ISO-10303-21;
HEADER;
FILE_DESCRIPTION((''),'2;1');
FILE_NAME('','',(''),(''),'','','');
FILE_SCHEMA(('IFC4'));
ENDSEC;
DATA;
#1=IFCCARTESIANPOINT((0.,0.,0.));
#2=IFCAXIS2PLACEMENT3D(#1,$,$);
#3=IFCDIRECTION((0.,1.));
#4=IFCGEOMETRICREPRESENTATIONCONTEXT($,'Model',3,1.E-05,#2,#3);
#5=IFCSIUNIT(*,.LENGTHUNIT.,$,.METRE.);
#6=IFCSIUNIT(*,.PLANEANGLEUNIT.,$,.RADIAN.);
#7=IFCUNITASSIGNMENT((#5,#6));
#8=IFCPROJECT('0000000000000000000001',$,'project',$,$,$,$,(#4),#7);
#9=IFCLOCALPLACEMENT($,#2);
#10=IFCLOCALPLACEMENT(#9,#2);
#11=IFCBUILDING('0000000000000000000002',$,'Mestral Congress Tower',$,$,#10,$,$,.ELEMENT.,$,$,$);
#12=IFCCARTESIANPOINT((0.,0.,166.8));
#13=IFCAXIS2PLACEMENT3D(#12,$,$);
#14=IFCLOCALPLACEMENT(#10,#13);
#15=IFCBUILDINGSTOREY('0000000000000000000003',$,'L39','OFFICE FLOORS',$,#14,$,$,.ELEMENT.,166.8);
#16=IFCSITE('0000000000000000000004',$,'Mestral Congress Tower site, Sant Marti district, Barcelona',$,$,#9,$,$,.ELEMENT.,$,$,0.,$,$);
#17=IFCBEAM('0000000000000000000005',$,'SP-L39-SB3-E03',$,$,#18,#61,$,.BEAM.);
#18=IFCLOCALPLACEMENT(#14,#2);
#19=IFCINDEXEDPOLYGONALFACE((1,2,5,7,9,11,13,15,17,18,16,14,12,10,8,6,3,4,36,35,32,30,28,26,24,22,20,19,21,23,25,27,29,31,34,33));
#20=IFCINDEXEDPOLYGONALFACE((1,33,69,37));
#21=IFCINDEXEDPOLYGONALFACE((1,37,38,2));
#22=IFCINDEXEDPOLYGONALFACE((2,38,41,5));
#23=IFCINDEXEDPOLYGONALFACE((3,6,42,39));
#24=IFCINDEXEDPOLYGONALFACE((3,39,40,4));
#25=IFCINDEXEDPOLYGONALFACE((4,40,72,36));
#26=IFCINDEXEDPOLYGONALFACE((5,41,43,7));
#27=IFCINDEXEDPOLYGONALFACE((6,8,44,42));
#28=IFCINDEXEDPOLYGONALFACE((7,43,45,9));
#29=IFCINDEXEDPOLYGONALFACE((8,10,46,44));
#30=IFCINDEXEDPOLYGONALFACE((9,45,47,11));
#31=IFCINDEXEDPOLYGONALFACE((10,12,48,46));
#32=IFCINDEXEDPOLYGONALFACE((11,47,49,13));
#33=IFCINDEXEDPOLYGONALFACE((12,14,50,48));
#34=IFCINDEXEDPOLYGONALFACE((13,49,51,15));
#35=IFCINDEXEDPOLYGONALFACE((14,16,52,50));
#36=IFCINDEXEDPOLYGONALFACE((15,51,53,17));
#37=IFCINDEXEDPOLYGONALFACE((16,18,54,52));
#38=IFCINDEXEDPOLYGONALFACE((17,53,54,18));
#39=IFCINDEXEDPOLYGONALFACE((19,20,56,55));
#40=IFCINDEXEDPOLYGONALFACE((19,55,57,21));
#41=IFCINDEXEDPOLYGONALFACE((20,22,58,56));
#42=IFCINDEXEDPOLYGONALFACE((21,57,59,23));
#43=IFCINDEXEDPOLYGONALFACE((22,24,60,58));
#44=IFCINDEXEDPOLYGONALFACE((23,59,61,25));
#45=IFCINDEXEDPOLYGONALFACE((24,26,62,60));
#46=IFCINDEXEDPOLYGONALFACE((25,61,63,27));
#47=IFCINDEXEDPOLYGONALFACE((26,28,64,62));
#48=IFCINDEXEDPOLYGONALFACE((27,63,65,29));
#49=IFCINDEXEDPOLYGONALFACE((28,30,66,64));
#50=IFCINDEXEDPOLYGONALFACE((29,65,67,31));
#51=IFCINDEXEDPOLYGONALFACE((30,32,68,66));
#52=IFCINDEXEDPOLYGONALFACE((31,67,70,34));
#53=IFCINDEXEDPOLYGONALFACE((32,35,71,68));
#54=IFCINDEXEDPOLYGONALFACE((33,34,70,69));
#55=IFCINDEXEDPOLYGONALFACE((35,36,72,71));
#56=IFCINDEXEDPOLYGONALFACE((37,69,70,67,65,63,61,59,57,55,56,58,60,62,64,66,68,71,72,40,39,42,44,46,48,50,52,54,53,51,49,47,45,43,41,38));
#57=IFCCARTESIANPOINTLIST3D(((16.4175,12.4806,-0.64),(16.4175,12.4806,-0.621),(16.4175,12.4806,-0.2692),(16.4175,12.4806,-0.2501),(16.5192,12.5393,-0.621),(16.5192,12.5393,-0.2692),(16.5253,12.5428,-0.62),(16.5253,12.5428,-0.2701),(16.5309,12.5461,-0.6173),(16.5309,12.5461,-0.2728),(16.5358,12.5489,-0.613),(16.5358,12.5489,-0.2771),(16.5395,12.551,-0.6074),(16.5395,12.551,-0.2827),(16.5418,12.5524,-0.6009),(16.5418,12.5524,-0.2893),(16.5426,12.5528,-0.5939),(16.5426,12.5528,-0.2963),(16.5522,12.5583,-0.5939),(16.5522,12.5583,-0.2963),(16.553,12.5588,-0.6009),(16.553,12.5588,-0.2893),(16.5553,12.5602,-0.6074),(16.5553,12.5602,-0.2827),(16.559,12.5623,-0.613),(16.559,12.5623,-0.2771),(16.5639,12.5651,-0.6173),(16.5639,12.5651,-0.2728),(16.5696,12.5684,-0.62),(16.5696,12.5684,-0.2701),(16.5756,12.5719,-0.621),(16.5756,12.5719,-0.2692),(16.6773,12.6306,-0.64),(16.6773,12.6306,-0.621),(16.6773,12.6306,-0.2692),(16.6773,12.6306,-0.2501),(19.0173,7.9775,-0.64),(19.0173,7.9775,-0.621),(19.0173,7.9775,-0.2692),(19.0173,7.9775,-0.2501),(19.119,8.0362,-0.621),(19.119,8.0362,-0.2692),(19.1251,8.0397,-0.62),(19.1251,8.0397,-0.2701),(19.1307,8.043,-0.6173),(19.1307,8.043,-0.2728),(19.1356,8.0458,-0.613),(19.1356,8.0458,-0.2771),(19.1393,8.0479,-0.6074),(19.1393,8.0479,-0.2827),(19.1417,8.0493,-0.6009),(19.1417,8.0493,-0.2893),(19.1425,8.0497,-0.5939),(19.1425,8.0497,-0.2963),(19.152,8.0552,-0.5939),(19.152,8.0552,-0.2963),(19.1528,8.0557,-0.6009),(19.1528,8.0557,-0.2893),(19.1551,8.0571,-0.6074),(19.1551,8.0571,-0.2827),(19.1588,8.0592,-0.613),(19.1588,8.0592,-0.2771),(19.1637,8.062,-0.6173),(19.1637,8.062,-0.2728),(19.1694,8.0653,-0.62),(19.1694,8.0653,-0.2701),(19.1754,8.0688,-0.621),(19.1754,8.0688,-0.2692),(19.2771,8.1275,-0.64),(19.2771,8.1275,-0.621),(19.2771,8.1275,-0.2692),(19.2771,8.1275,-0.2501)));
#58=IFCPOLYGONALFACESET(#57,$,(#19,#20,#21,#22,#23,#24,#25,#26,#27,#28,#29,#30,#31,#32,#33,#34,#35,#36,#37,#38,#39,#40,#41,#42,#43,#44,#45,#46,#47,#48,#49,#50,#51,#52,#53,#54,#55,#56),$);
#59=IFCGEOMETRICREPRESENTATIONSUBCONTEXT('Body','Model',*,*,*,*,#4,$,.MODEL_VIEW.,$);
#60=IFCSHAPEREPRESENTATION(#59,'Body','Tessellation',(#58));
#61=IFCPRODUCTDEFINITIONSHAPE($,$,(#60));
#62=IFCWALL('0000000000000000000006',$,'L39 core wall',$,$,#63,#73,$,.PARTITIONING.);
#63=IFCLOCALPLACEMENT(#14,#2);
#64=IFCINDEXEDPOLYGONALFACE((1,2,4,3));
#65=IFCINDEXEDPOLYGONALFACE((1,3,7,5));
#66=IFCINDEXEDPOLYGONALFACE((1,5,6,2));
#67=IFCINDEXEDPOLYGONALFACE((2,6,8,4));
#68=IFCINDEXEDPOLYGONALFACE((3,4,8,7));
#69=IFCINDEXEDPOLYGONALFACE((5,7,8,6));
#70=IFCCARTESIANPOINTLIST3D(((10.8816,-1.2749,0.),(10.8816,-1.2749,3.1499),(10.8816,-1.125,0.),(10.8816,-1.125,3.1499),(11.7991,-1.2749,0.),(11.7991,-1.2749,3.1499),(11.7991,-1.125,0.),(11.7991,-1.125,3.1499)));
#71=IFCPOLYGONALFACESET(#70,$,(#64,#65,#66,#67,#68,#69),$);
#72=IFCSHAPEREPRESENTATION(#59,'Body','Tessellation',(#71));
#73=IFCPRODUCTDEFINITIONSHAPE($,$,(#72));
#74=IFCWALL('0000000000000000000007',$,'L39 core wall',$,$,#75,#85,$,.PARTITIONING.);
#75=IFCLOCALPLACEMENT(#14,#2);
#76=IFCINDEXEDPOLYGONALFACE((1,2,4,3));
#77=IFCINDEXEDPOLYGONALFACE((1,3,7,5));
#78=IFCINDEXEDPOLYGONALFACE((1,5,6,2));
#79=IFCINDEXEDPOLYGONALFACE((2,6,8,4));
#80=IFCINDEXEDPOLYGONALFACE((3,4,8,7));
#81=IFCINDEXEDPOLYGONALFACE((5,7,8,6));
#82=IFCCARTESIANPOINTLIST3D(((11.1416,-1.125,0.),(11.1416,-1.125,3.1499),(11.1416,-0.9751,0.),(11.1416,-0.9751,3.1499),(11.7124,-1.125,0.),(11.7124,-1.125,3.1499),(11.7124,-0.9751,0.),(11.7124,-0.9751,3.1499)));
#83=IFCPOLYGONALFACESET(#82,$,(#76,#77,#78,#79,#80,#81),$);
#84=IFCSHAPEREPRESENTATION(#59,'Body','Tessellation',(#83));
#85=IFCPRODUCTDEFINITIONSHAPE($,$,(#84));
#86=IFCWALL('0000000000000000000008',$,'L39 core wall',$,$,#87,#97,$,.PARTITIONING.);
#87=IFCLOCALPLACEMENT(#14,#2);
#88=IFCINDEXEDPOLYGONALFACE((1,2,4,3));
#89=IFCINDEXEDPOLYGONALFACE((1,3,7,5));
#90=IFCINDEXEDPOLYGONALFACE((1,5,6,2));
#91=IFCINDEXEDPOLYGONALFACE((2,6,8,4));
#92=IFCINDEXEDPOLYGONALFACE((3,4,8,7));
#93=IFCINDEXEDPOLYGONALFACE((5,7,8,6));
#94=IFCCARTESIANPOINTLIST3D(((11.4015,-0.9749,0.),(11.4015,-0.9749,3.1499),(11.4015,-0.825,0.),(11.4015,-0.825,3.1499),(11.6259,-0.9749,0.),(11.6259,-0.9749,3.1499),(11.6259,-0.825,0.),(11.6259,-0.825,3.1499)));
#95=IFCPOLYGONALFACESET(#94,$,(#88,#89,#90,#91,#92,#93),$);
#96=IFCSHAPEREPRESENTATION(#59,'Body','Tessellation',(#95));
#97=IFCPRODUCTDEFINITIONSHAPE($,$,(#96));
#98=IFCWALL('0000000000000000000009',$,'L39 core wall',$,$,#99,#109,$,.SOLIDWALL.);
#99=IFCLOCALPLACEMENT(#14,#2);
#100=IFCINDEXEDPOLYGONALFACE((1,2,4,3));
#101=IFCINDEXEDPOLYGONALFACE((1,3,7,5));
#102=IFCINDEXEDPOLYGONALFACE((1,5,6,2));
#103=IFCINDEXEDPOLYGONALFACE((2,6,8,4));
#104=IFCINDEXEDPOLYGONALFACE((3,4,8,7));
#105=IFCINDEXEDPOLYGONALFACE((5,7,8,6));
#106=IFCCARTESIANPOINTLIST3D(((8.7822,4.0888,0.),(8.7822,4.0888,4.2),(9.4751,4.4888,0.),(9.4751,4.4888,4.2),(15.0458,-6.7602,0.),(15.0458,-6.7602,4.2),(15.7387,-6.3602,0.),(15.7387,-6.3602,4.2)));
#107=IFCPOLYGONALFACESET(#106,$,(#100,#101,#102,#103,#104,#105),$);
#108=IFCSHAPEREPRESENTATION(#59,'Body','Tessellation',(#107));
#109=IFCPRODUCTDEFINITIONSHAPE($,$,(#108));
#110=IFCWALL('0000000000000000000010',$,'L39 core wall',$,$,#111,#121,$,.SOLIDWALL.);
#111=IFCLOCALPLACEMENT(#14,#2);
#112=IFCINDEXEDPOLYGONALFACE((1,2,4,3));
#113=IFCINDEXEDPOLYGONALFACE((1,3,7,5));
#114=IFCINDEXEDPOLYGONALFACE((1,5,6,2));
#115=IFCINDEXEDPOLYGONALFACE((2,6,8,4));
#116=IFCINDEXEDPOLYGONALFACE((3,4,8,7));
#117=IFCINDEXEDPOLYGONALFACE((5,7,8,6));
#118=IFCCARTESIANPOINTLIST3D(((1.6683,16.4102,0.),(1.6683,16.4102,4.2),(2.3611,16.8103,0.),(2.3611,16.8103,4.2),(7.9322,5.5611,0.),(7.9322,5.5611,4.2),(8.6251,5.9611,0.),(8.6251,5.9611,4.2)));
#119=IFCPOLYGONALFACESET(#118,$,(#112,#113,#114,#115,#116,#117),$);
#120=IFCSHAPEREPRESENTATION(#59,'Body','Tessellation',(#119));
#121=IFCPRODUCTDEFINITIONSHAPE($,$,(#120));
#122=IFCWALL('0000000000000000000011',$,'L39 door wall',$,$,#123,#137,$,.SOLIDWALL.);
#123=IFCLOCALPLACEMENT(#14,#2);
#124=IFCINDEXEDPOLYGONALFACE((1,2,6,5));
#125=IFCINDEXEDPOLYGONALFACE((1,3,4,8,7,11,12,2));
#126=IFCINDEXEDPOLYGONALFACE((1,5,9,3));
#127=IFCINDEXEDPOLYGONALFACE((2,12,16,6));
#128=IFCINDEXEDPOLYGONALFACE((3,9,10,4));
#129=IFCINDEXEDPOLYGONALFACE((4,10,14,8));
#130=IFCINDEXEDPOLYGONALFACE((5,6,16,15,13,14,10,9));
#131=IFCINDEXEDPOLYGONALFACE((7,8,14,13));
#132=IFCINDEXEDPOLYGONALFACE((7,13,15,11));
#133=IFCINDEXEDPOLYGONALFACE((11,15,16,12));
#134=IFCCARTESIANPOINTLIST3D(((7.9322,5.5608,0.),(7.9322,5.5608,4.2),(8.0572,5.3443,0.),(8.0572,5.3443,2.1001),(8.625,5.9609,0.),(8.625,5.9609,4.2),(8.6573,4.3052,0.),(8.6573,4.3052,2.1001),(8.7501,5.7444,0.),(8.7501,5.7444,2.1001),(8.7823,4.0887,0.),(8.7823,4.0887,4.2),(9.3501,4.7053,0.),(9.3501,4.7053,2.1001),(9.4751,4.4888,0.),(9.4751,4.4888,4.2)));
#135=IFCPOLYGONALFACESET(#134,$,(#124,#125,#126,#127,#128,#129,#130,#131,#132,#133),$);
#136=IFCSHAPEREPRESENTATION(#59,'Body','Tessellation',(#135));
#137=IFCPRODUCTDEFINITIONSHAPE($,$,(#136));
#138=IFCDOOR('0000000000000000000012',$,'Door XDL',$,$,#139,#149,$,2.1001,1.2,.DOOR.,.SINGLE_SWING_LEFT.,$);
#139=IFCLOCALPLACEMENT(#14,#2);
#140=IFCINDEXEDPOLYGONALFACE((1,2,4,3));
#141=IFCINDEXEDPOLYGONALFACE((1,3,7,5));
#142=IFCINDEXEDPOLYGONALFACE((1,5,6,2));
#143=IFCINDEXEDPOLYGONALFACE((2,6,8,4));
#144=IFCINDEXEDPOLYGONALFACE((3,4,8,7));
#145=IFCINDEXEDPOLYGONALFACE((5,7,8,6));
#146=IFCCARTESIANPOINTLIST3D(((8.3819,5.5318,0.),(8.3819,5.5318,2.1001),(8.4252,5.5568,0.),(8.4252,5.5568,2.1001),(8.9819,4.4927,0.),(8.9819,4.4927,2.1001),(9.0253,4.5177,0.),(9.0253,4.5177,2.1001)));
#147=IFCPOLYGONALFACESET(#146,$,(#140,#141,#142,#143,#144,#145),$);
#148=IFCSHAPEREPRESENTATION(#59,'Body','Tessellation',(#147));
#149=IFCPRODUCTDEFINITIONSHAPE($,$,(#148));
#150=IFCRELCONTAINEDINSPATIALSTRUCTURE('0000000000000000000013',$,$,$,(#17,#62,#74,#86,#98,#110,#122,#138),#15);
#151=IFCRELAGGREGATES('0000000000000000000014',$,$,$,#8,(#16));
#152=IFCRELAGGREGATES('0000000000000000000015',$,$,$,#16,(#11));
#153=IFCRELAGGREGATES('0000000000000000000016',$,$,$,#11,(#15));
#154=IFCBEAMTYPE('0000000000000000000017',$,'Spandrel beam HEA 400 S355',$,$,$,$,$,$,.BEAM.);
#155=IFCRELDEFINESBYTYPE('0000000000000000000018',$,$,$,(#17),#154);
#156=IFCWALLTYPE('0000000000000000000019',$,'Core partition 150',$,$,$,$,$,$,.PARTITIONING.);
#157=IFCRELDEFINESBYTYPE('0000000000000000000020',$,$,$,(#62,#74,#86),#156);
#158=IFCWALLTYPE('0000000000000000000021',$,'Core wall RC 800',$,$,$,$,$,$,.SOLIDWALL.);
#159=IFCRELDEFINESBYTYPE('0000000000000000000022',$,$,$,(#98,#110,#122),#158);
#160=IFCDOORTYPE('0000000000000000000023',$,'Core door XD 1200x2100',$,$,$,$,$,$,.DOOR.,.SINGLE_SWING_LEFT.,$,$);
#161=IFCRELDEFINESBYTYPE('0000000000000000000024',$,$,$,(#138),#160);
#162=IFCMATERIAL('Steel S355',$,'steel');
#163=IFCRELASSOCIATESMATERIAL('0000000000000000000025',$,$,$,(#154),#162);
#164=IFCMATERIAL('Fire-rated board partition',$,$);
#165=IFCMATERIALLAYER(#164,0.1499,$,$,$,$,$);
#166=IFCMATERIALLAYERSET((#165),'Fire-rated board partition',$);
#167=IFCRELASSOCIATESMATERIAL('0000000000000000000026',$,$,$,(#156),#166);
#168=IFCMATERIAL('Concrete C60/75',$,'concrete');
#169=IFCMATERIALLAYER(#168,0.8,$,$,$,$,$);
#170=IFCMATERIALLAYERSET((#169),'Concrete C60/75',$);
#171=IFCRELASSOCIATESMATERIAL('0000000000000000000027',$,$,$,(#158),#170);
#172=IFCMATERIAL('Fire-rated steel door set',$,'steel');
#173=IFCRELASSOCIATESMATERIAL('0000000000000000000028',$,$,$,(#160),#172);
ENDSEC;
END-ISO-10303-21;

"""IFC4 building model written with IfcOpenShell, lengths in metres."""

from ifc_helpers import new_model, si_unit, direction, frame, frame_2d, origin, origin_2d, place, context, subcontext, project, spatial, rectangle, i_section, extrude, material, layer, layer_set, material_profile, profile_set, type_object, element, fill, save


model = new_model("IFC4")

# Units and contexts
model_context = context("Model", 3, precision=1e-05, world=origin(), true_north=direction((0.0, 1.0)))
body_context = subcontext(model_context, "Body", "Model", "MODEL_VIEW")
ifc_project = project(units=[si_unit("LENGTHUNIT", "METRE"), si_unit("PLANEANGLEUNIT", "RADIAN")], contexts=[model_context])

# Site, building, storey
site_placement = place(None, origin())
site = spatial("IfcSite", under=ifc_project, at=site_placement, Name="Mestral Congress Tower site, Sant Marti district, Barcelona", CompositionType="ELEMENT", RefElevation=0.0)
building_placement = place(site_placement, origin())
building = spatial("IfcBuilding", under=site, at=building_placement, Name="Mestral Congress Tower", CompositionType="ELEMENT")
storey_placement = place(building_placement, frame((0.0, 0.0, 166.8)))
storey = spatial("IfcBuildingStorey", under=building, at=storey_placement, Name="L39", Description="OFFICE FLOORS", CompositionType="ELEMENT", Elevation=166.8)

# Shared definitions
ifc_material_1 = material(Name="Concrete C60/75", Category="concrete")

# Beam
ifc_material_2 = material(Name="Steel S355", Category="steel")
ifc_material_profile_1 = material_profile(ifc_material_2, i_section(OverallWidth=0.3, OverallDepth=0.3899, WebThickness=0.011, FlangeThickness=0.019, FilletRadius=0.0271, at=origin_2d()), Name="HEA 400")
ifc_profile_set_1 = profile_set([ifc_material_profile_1], Name="Steel S355")
beam_type_1 = type_object("IfcBeamType", Name="Spandrel beam HEA 400 S355", PredefinedType="BEAM", material=ifc_profile_set_1)
for number, where, z_axis, x_axis, name in (
    (1, (19.1472, 8.0525, -0.4451), (-0.499992, 0.86603, 0.0), (-0.86603, -0.499992, 0.0), "SP-L39-SB3-E03"),
):
    element("IfcBeam", number, at=place(storey_placement, frame(where, z_axis=z_axis, x_axis=x_axis)), inside=storey, type_object=beam_type_1, Name=name, PredefinedType="BEAM", context=body_context, shape_type="SweptSolid", body=[
        extrude(i_section(OverallWidth=0.3, OverallDepth=0.3899, WebThickness=0.011, FlangeThickness=0.019, FilletRadius=0.0271, at=origin_2d()), origin(), (0.0, 0.0, 1.0), 5.1997),
    ])

# Walls
ifc_material_3 = material(Name="Fire-rated board partition")
ifc_layer_1 = layer(ifc_material_3, 0.1499)
ifc_layer_set_1 = layer_set([ifc_layer_1], Name="Fire-rated board partition")
wall_type_1 = type_object("IfcWallType", Name="Core partition 150", PredefinedType="PARTITIONING", material=ifc_layer_set_1)
wall_1_placement = place(storey_placement, frame((10.8816, -1.2, 0.0), z_axis=(0.0, 0.0, 1.0), x_axis=(1.0, 0.0, 0.0)))
element("IfcWall", 2, at=wall_1_placement, inside=storey, type_object=wall_type_1, Name="L39 core wall", PredefinedType="PARTITIONING", context=body_context, shape_type="SweptSolid", body=[
    extrude(rectangle(XDim=0.9175, YDim=0.1499, at=frame_2d((0.4587, 0.0))), origin(), (0.0, 0.0, 1.0), 3.1499),
])
wall_2_placement = place(storey_placement, frame((11.7124, -1.05, 0.0), z_axis=(0.0, 0.0, 1.0), x_axis=(-1.0, 0.0, 0.0)))
element("IfcWall", 3, at=wall_2_placement, inside=storey, type_object=wall_type_1, Name="L39 core wall", PredefinedType="PARTITIONING", context=body_context, shape_type="SweptSolid", body=[
    extrude(rectangle(XDim=0.5708, YDim=0.1499, at=frame_2d((0.2854, 0.0))), origin(), (0.0, 0.0, 1.0), 3.1499),
])
wall_3_placement = place(storey_placement, frame((11.4014, -0.8999, 0.0), z_axis=(0.0, 0.0, 1.0), x_axis=(1.0, 0.0, 0.0)))
element("IfcWall", 4, at=wall_3_placement, inside=storey, type_object=wall_type_1, Name="L39 core wall", PredefinedType="PARTITIONING", context=body_context, shape_type="SweptSolid", body=[
    extrude(rectangle(XDim=0.2244, YDim=0.1499, at=frame_2d((0.1123, 0.0))), origin(), (0.0, 0.0, 1.0), 3.1499),
])
ifc_layer_2 = layer(ifc_material_1, 0.8)
ifc_layer_set_2 = layer_set([ifc_layer_2], Name="Concrete C60/75")
wall_type_2 = type_object("IfcWallType", Name="Core wall RC 800", PredefinedType="SOLIDWALL", material=ifc_layer_set_2)
wall_4_placement = place(storey_placement, frame((9.1287, 4.2888, 0.0), z_axis=(0.0, 0.0, 1.0), x_axis=(0.499996, -0.866028, 0.0)))
element("IfcWall", 5, at=wall_4_placement, inside=storey, type_object=wall_type_2, Name="L39 core wall", PredefinedType="SOLIDWALL", context=body_context, shape_type="SweptSolid", body=[
    extrude(rectangle(XDim=12.5273, YDim=0.8, at=frame_2d((6.2637, 0.0))), origin(), (0.0, 0.0, 1.0), 4.2),
])
wall_5_placement = place(storey_placement, frame((8.2786, 5.7612, 0.0), z_axis=(0.0, 0.0, 1.0), x_axis=(-0.50001, 0.866019, 0.0)))
element("IfcWall", 6, at=wall_5_placement, inside=storey, type_object=wall_type_2, Name="L39 core wall", PredefinedType="SOLIDWALL", context=body_context, shape_type="SweptSolid", body=[
    extrude(rectangle(XDim=12.5276, YDim=0.8, at=frame_2d((6.2637, 0.0))), origin(), (0.0, 0.0, 1.0), 4.2),
])

# Wall, opening, door
wall_6_placement = place(storey_placement, frame((8.2786, 5.761, 0.0), z_axis=(0.0, 0.0, 1.0), x_axis=(0.500062, -0.865989, 0.0)))
wall_6 = element("IfcWall", 7, at=wall_6_placement, inside=storey, type_object=wall_type_2, Name="L39 door wall", PredefinedType="SOLIDWALL", context=body_context, shape_type="SweptSolid", body=[
    extrude(rectangle(XDim=1.7, YDim=0.8, at=frame_2d((0.8501, 0.0))), origin(), (0.0, 0.0, 1.0), 4.2),
])
opening_1_placement = place(wall_6_placement, frame((0.25, 0.0, 0.0)))
opening_1 = element("IfcOpeningElement", 8, at=opening_1_placement, cuts=wall_6, PredefinedType="OPENING", context=body_context, shape_type="SweptSolid", body=[
    extrude(rectangle(XDim=1.2, YDim=2.1001, at=frame_2d((0.6001, 1.05))), frame((0.0, 0.4099, 0.0), z_axis=(0.0, -1.0, 0.0), x_axis=(1.0, 0.0, 0.0)), (0.0, 0.0, 1.0), 0.8201),
])
ifc_material_4 = material(Name="Fire-rated steel door set", Category="steel")
door_type_1 = type_object("IfcDoorType", Name="Core door XD 1200x2100", OperationType="SINGLE_SWING_LEFT", PredefinedType="DOOR", material=ifc_material_4)
door_1_placement = place(opening_1_placement, origin())
door_1 = element("IfcDoor", 9, at=door_1_placement, inside=storey, type_object=door_type_1, Name="Door XDL", OperationType="SINGLE_SWING_LEFT", OverallHeight=2.1001, OverallWidth=1.2, PredefinedType="DOOR", context=body_context, shape_type="SweptSolid", body=[
    extrude(rectangle(XDim=1.2, YDim=2.1001, at=frame_2d((0.6001, 1.05))), frame((0.0, 0.0249, 0.0), z_axis=(0.0, -1.0, 0.0), x_axis=(1.0, 0.0, 0.0)), (0.0, 0.0, 1.0), 0.05),
])
fill(opening_1, door_1)

save(model, "model.ifc")
